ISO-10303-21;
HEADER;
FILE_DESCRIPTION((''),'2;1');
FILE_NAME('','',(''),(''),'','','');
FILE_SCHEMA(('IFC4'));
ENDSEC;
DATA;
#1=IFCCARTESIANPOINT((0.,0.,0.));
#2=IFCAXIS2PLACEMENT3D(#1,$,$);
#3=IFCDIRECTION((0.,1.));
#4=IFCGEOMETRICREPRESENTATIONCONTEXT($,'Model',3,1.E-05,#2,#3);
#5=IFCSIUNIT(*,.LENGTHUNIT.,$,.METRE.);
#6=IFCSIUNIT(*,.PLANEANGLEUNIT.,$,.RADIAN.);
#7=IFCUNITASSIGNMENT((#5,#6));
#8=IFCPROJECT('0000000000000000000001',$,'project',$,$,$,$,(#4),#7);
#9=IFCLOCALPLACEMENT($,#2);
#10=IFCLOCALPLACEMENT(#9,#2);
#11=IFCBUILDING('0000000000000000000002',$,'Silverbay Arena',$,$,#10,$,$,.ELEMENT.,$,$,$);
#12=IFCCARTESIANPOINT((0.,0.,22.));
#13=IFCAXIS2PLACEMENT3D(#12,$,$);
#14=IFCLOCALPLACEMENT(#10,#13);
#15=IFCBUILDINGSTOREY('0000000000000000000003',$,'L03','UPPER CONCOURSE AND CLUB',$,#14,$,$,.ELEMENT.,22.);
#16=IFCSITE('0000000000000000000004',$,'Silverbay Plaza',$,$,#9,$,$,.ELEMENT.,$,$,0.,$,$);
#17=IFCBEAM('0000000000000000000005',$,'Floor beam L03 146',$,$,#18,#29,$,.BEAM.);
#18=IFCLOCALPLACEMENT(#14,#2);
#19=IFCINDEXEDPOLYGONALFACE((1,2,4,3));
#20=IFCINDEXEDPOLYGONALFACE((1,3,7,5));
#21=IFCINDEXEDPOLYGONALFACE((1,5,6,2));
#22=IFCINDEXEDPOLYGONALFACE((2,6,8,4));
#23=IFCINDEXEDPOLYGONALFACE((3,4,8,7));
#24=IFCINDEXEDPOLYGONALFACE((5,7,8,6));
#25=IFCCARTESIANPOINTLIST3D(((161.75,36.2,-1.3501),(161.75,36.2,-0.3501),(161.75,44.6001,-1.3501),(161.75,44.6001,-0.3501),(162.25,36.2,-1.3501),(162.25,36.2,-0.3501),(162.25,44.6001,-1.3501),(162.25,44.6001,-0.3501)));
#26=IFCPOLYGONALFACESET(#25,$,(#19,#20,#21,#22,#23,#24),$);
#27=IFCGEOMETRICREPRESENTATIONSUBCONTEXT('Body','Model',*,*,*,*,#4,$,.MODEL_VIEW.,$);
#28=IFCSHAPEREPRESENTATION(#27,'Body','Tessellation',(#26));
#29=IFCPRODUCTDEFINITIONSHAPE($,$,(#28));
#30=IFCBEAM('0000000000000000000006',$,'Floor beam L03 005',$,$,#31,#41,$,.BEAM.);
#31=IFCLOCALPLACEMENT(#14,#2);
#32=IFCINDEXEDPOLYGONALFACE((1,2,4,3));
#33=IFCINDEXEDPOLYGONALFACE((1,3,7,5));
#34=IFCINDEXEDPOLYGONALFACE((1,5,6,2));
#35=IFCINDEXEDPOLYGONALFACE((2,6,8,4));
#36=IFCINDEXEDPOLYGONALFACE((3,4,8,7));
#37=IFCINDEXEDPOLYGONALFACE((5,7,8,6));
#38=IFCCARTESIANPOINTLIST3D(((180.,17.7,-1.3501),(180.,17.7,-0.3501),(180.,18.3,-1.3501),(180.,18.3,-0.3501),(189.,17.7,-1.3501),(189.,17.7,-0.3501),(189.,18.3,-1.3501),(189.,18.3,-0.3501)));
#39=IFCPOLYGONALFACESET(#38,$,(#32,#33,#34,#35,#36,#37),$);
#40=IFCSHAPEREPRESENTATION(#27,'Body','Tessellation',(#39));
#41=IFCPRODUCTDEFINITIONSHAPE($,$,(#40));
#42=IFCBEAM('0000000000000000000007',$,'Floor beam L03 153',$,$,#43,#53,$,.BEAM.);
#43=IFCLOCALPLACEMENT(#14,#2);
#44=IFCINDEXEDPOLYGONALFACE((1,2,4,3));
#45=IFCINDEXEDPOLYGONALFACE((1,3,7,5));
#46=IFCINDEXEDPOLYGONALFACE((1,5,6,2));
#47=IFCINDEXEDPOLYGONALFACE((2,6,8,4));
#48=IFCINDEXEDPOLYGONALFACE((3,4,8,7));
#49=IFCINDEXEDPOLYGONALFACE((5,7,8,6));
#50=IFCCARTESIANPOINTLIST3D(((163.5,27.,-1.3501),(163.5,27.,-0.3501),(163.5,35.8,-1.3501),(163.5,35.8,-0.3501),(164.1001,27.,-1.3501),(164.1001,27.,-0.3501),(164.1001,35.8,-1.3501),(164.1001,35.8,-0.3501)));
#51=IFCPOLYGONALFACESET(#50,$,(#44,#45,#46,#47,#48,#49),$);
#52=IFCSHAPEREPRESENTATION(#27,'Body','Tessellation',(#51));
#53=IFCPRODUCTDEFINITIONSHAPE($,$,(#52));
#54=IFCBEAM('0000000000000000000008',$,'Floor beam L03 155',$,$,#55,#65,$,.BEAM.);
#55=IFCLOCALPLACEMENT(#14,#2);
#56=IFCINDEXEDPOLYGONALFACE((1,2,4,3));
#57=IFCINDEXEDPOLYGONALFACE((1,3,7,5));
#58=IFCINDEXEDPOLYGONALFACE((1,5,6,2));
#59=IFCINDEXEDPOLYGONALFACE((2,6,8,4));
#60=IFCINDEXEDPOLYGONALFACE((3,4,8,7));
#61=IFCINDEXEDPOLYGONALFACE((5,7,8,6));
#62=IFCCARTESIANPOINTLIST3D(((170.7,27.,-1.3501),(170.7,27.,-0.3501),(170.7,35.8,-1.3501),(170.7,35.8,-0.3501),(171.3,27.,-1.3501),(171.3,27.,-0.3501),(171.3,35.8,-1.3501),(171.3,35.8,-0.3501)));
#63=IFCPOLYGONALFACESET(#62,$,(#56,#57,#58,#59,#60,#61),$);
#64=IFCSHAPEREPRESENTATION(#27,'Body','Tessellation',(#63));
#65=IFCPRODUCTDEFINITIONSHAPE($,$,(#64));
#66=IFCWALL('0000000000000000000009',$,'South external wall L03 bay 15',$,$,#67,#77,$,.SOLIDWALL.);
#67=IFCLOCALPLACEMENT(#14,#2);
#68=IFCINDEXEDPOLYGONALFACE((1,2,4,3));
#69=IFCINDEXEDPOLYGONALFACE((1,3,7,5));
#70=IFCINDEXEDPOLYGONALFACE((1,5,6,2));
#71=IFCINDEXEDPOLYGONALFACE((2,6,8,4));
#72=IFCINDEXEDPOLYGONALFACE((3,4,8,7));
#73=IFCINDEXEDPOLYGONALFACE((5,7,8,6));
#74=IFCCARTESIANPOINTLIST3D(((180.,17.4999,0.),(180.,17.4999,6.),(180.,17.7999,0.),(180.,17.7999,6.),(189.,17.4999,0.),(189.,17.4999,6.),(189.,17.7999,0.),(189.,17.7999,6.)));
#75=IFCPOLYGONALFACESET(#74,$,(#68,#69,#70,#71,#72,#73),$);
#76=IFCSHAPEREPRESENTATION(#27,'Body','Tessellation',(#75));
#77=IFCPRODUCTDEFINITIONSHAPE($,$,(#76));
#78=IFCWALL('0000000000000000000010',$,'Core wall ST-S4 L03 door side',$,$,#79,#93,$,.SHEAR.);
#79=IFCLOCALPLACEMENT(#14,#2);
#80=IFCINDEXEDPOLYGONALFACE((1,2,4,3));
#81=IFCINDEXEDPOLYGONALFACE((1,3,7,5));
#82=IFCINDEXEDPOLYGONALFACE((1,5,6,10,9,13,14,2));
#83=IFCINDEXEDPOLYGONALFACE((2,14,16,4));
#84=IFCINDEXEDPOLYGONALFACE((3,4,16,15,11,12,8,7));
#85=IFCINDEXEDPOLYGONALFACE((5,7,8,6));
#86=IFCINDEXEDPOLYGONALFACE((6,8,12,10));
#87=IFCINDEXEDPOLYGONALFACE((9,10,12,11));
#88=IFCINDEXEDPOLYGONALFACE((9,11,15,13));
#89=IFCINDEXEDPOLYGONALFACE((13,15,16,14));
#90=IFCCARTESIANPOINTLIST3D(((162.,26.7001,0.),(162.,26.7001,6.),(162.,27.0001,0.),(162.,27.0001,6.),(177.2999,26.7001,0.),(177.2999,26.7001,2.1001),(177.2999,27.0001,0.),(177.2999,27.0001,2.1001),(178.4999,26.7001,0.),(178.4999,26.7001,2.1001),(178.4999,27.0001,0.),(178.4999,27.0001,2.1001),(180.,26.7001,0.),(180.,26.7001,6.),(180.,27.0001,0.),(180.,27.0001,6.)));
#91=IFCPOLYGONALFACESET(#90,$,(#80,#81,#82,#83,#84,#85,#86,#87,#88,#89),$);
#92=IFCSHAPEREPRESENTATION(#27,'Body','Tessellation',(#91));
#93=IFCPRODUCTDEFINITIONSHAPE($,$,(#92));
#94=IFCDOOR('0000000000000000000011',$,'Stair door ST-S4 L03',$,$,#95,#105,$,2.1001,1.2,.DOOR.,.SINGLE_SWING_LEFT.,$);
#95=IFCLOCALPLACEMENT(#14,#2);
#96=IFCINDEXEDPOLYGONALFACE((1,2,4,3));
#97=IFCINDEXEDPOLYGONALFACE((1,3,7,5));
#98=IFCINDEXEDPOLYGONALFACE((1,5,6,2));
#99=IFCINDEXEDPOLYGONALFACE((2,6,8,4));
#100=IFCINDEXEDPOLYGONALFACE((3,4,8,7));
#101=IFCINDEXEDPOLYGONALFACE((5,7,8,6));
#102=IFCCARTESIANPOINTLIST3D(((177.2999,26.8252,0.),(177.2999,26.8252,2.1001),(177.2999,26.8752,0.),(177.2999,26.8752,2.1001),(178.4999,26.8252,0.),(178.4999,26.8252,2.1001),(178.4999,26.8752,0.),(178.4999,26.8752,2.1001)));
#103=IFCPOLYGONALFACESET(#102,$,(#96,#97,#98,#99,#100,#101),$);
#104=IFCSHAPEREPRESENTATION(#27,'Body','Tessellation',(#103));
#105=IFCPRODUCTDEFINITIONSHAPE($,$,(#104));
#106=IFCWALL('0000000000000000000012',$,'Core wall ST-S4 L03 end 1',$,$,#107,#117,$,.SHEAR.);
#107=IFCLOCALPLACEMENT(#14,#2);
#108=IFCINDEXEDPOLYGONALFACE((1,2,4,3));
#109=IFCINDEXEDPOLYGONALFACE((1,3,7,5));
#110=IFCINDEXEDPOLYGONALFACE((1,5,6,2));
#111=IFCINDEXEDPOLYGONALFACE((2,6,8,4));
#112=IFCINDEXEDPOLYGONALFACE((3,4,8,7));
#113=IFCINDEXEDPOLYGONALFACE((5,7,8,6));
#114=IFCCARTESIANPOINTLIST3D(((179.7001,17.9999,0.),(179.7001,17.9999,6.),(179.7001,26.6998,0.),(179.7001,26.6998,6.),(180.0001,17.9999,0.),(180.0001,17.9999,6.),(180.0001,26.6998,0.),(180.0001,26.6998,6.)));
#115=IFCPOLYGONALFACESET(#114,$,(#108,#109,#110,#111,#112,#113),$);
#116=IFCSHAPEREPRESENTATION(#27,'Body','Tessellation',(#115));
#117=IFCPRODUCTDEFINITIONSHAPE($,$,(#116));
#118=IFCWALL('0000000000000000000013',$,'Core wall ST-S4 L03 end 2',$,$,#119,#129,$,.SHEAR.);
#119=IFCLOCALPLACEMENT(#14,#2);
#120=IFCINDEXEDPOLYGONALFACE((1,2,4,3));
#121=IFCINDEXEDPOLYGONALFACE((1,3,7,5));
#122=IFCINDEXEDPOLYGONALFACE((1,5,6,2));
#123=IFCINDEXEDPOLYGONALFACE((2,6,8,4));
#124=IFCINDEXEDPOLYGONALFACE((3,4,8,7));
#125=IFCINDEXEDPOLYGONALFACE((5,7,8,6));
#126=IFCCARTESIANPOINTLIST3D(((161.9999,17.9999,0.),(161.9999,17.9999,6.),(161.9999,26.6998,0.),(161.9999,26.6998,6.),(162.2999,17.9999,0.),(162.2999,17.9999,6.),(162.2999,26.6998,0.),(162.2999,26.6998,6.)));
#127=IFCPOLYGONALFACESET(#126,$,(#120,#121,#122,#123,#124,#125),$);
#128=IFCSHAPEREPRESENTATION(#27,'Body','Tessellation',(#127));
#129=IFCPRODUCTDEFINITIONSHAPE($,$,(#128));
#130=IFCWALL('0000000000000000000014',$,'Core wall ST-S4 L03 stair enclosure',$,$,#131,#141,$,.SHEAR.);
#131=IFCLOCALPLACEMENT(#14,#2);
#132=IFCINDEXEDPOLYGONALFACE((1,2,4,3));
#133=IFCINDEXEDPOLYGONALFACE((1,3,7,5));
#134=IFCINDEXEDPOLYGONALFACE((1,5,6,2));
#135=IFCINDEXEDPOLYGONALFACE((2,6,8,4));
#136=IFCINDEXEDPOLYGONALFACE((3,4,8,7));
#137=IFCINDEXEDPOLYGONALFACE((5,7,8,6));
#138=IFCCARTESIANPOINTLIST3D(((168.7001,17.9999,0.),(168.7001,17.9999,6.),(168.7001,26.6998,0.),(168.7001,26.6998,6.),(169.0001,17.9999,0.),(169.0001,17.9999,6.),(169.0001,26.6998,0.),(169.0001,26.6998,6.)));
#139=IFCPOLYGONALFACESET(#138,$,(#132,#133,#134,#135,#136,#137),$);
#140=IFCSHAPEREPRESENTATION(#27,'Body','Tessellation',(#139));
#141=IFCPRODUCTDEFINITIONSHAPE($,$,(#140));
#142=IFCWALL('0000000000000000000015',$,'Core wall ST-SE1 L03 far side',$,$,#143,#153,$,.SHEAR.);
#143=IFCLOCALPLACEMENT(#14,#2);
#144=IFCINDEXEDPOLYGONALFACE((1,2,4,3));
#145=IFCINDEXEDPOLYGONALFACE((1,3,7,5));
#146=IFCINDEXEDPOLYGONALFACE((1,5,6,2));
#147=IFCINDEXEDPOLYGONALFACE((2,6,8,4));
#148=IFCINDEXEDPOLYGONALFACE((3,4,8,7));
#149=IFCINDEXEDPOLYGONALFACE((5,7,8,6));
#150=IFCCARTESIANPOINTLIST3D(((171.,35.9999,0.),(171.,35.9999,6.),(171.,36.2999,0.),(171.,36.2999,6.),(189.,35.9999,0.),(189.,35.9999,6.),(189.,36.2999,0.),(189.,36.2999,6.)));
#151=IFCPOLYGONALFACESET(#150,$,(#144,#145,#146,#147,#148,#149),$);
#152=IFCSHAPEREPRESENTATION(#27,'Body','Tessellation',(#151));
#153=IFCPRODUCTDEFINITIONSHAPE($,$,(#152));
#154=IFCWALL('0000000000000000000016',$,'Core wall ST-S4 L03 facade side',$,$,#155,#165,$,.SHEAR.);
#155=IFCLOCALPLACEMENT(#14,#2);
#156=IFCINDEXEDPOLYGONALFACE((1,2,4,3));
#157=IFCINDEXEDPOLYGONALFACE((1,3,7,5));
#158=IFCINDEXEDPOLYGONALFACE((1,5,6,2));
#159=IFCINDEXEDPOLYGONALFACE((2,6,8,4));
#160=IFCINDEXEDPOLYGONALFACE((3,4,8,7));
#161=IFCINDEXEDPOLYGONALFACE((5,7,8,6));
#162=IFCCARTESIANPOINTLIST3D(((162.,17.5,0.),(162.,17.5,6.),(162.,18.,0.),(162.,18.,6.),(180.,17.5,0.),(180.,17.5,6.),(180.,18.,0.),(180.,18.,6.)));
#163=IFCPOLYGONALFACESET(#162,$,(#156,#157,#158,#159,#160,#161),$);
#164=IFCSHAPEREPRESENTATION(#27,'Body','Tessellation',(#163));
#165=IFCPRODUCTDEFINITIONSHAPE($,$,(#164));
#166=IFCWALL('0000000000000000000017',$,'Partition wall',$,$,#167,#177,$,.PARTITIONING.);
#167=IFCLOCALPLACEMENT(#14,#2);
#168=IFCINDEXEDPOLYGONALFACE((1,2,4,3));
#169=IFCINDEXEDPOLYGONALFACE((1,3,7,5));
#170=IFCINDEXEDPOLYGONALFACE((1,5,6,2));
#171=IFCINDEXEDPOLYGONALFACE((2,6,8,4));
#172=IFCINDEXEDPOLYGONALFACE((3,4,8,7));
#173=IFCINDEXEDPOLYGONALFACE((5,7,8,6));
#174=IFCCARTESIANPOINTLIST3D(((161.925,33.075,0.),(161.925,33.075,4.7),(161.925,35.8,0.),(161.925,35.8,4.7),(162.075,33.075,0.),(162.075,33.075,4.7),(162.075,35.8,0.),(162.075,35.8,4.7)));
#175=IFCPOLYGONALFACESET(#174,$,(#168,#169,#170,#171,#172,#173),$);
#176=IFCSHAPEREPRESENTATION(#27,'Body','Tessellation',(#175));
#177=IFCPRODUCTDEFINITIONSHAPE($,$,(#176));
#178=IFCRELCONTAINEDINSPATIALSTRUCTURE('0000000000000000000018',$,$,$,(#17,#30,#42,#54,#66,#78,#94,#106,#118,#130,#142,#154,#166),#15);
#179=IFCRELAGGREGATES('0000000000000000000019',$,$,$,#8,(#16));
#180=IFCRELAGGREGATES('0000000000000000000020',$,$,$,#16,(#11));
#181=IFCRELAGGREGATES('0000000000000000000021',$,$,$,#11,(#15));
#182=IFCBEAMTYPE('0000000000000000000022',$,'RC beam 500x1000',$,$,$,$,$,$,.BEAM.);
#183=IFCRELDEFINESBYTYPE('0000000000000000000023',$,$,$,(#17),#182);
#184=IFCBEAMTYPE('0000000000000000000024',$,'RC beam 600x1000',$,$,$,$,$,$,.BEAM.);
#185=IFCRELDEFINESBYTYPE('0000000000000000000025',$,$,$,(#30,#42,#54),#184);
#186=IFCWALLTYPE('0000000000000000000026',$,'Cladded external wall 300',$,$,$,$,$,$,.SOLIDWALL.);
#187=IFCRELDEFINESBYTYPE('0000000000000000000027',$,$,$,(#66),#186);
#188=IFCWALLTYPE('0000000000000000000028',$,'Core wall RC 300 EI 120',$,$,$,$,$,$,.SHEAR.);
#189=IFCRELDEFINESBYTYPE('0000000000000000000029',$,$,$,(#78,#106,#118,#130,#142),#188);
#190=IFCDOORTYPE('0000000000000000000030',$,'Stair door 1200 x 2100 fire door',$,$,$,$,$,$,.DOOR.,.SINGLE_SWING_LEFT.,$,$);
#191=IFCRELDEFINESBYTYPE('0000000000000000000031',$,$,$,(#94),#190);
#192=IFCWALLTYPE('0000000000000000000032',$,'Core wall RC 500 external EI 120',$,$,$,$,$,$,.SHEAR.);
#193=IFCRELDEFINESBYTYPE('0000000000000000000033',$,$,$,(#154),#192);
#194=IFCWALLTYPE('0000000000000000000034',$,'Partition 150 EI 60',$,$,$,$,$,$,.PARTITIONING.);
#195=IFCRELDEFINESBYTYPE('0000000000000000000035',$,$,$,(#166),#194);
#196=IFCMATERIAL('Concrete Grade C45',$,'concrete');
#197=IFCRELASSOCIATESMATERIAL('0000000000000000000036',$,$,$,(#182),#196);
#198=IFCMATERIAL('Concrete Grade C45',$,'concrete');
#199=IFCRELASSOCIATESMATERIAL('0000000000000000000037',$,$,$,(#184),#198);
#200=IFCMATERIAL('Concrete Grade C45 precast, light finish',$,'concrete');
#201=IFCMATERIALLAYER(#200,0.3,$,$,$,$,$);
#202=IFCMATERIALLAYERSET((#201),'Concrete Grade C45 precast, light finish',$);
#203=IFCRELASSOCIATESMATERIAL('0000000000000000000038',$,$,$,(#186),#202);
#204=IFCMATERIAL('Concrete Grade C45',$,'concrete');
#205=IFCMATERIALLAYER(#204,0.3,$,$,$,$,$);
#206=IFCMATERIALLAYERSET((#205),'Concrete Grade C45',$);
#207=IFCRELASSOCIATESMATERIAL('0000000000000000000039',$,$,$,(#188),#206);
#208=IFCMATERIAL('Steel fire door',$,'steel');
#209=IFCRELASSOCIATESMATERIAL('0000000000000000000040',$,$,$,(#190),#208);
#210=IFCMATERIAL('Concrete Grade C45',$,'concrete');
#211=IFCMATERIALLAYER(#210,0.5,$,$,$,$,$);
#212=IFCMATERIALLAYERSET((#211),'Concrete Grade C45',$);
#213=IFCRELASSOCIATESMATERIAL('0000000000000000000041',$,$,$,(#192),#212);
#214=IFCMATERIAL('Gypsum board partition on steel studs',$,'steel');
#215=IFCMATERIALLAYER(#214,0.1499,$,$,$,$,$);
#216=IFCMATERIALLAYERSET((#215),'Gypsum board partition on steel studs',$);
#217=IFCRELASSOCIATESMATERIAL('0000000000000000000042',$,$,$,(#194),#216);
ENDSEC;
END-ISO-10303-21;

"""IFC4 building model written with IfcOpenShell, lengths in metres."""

from ifc_helpers import new_model, si_unit, direction, frame, frame_2d, origin, origin_2d, place, context, subcontext, project, spatial, rectangle, extrude, material, layer, layer_set, material_profile, profile_set, type_object, element, fill, save


model = new_model("IFC4")

# Units and contexts
model_context = context("Model", 3, precision=1e-05, world=origin(), true_north=direction((0.0, 1.0)))
body_context = subcontext(model_context, "Body", "Model", "MODEL_VIEW")
ifc_project = project(units=[si_unit("LENGTHUNIT", "METRE"), si_unit("PLANEANGLEUNIT", "RADIAN")], contexts=[model_context])

# Site, building, storey
site_placement = place(None, origin())
site = spatial("IfcSite", under=ifc_project, at=site_placement, Name="Silverbay Plaza", CompositionType="ELEMENT", RefElevation=0.0)
building_placement = place(site_placement, origin())
building = spatial("IfcBuilding", under=site, at=building_placement, Name="Silverbay Arena", CompositionType="ELEMENT")
storey_placement = place(building_placement, frame((0.0, 0.0, 22.0)))
storey = spatial("IfcBuildingStorey", under=building, at=storey_placement, Name="L03", Description="UPPER CONCOURSE AND CLUB", CompositionType="ELEMENT", Elevation=22.0)

# Beams
ifc_material_1 = material(Name="Concrete Grade C45", Category="concrete")
ifc_material_profile_1 = material_profile(ifc_material_1, rectangle(XDim=0.5, YDim=1.0, at=origin_2d()), Name="RC 500x1000")
ifc_profile_set_1 = profile_set([ifc_material_profile_1], Name="Concrete Grade C45")
beam_type_1 = type_object("IfcBeamType", Name="RC beam 500x1000", PredefinedType="BEAM", material=ifc_profile_set_1)
beam_1_placement = place(storey_placement, frame((162.0, 36.2, -0.8501), z_axis=(0.0, 1.0, 0.0), x_axis=(-1.0, 0.0, 0.0)))
element("IfcBeam", 1, at=beam_1_placement, inside=storey, type_object=beam_type_1, Name="Floor beam L03 146", PredefinedType="BEAM", context=body_context, shape_type="SweptSolid", body=[
    extrude(rectangle(XDim=0.5, YDim=1.0, at=origin_2d()), origin(), (0.0, 0.0, 1.0), 8.4001),
])
ifc_material_2 = material(Name="Concrete Grade C45", Category="concrete")
ifc_material_profile_2 = material_profile(ifc_material_2, rectangle(XDim=0.6001, YDim=1.0, at=origin_2d()), Name="RC 600x1000")
ifc_profile_set_2 = profile_set([ifc_material_profile_2], Name="Concrete Grade C45")
beam_type_2 = type_object("IfcBeamType", Name="RC beam 600x1000", PredefinedType="BEAM", material=ifc_profile_set_2)
beam_2_placement = place(storey_placement, frame((180.0, 18.0, -0.8501), z_axis=(1.0, 0.0, 0.0), x_axis=(0.0, 1.0, 0.0)))
element("IfcBeam", 2, at=beam_2_placement, inside=storey, type_object=beam_type_2, Name="Floor beam L03 005", PredefinedType="BEAM", context=body_context, shape_type="SweptSolid", body=[
    extrude(rectangle(XDim=0.6001, YDim=1.0, at=origin_2d()), origin(), (0.0, 0.0, 1.0), 9.0),
])
for number, where, z_axis, x_axis, name in (
    (3, (163.8, 27.0, -0.8501), (0.0, 1.0, 0.0), (-1.0, 0.0, 0.0), "Floor beam L03 153"),
    (4, (171.0, 27.0, -0.8501), (0.0, 1.0, 0.0), (-1.0, 0.0, 0.0), "Floor beam L03 155"),
):
    element("IfcBeam", number, at=place(storey_placement, frame(where, z_axis=z_axis, x_axis=x_axis)), inside=storey, type_object=beam_type_2, Name=name, PredefinedType="BEAM", context=body_context, shape_type="SweptSolid", body=[
        extrude(rectangle(XDim=0.6001, YDim=1.0, at=origin_2d()), origin(), (0.0, 0.0, 1.0), 8.8),
    ])

# Wall
ifc_material_3 = material(Name="Concrete Grade C45 precast, light finish", Category="concrete")
ifc_layer_1 = layer(ifc_material_3, 0.3)
ifc_layer_set_1 = layer_set([ifc_layer_1], Name="Concrete Grade C45 precast, light finish")
wall_type_1 = type_object("IfcWallType", Name="Cladded external wall 300", PredefinedType="SOLIDWALL", material=ifc_layer_set_1)
wall_1_placement = place(storey_placement, frame((180.0, 17.6499, 0.0), z_axis=(0.0, 0.0, 1.0), x_axis=(1.0, 0.0, 0.0)))
element("IfcWall", 5, at=wall_1_placement, inside=storey, type_object=wall_type_1, Name="South external wall L03 bay 15", PredefinedType="SOLIDWALL", context=body_context, shape_type="SweptSolid", body=[
    extrude(rectangle(XDim=9.0, YDim=0.3, at=frame_2d((4.5, 0.0))), origin(), (0.0, 0.0, 1.0), 6.0),
])

# Wall, opening, door
ifc_material_4 = material(Name="Concrete Grade C45", Category="concrete")
ifc_layer_2 = layer(ifc_material_4, 0.3)
ifc_layer_set_2 = layer_set([ifc_layer_2], Name="Concrete Grade C45")
wall_type_2 = type_object("IfcWallType", Name="Core wall RC 300 EI 120", PredefinedType="SHEAR", material=ifc_layer_set_2)
wall_2_placement = place(storey_placement, frame((180.0, 26.8501, 0.0), z_axis=(0.0, 0.0, 1.0), x_axis=(-1.0, 0.0, 0.0)))
wall_2 = element("IfcWall", 6, at=wall_2_placement, inside=storey, type_object=wall_type_2, Name="Core wall ST-S4 L03 door side", PredefinedType="SHEAR", context=body_context, shape_type="SweptSolid", body=[
    extrude(rectangle(XDim=18.0, YDim=0.3, at=frame_2d((9.0, 0.0))), origin(), (0.0, 0.0, 1.0), 6.0),
])
opening_placement = place(wall_2_placement, frame((1.5, 0.0, 0.0)))
opening = element("IfcOpeningElement", 7, at=opening_placement, cuts=wall_2, PredefinedType="OPENING", context=body_context, shape_type="SweptSolid", body=[
    extrude(rectangle(XDim=1.2, YDim=2.1001, at=frame_2d((0.6001, 1.05))), frame((0.0, 0.1602, 0.0), z_axis=(0.0, -1.0, 0.0), x_axis=(1.0, 0.0, 0.0)), (0.0, 0.0, 1.0), 0.3201),
])
ifc_material_5 = material(Name="Steel fire door", Category="steel")
door_type = type_object("IfcDoorType", Name="Stair door 1200 x 2100 fire door", OperationType="SINGLE_SWING_LEFT", PredefinedType="DOOR", material=ifc_material_5)
door_placement = place(opening_placement, origin())
door = element("IfcDoor", 8, at=door_placement, inside=storey, type_object=door_type, Name="Stair door ST-S4 L03", OperationType="SINGLE_SWING_LEFT", OverallHeight=2.1001, OverallWidth=1.2, PredefinedType="DOOR", context=body_context, shape_type="SweptSolid", body=[
    extrude(rectangle(XDim=1.2, YDim=2.1001, at=frame_2d((0.6001, 1.05))), frame((0.0, 0.0249, 0.0), z_axis=(0.0, -1.0, 0.0), x_axis=(1.0, 0.0, 0.0)), (0.0, 0.0, 1.0), 0.05),
])
fill(opening, door)

# Walls
for number, where, z_axis, x_axis, name in (
    (9, (179.8501, 26.7, 0.0), (0.0, 0.0, 1.0), (0.0, -1.0, 0.0), "Core wall ST-S4 L03 end 1"),
    (10, (162.1499, 26.7, 0.0), (0.0, 0.0, 1.0), (0.0, -1.0, 0.0), "Core wall ST-S4 L03 end 2"),
    (11, (168.8501, 26.7, 0.0), (0.0, 0.0, 1.0), (0.0, -1.0, 0.0), "Core wall ST-S4 L03 stair enclosure"),
):
    element("IfcWall", number, at=place(storey_placement, frame(where, z_axis=z_axis, x_axis=x_axis)), inside=storey, type_object=wall_type_2, Name=name, PredefinedType="SHEAR", context=body_context, shape_type="SweptSolid", body=[
        extrude(rectangle(XDim=8.7, YDim=0.3, at=frame_2d((4.3501, 0.0))), origin(), (0.0, 0.0, 1.0), 6.0),
    ])
wall_3_placement = place(storey_placement, frame((171.0, 36.1499, 0.0), z_axis=(0.0, 0.0, 1.0), x_axis=(1.0, 0.0, 0.0)))
element("IfcWall", 12, at=wall_3_placement, inside=storey, type_object=wall_type_2, Name="Core wall ST-SE1 L03 far side", PredefinedType="SHEAR", context=body_context, shape_type="SweptSolid", body=[
    extrude(rectangle(XDim=18.0, YDim=0.3, at=frame_2d((9.0, 0.0))), origin(), (0.0, 0.0, 1.0), 6.0),
])
ifc_material_6 = material(Name="Concrete Grade C45", Category="concrete")
ifc_layer_3 = layer(ifc_material_6, 0.5)
ifc_layer_set_3 = layer_set([ifc_layer_3], Name="Concrete Grade C45")
wall_type_3 = type_object("IfcWallType", Name="Core wall RC 500 external EI 120", PredefinedType="SHEAR", material=ifc_layer_set_3)
wall_4_placement = place(storey_placement, frame((180.0, 17.75, 0.0), z_axis=(0.0, 0.0, 1.0), x_axis=(-1.0, 0.0, 0.0)))
element("IfcWall", 13, at=wall_4_placement, inside=storey, type_object=wall_type_3, Name="Core wall ST-S4 L03 facade side", PredefinedType="SHEAR", context=body_context, shape_type="SweptSolid", body=[
    extrude(rectangle(XDim=18.0, YDim=0.5, at=frame_2d((9.0, 0.0))), origin(), (0.0, 0.0, 1.0), 6.0),
])
ifc_material_7 = material(Name="Gypsum board partition on steel studs", Category="steel")
ifc_layer_4 = layer(ifc_material_7, 0.1499)
ifc_layer_set_4 = layer_set([ifc_layer_4], Name="Gypsum board partition on steel studs")
wall_type_4 = type_object("IfcWallType", Name="Partition 150 EI 60", PredefinedType="PARTITIONING", material=ifc_layer_set_4)
wall_5_placement = place(storey_placement, frame((162.0, 33.075, 0.0), z_axis=(0.0, 0.0, 1.0), x_axis=(0.0, 1.0, 0.0)))
element("IfcWall", 14, at=wall_5_placement, inside=storey, type_object=wall_type_4, Name="Partition wall", PredefinedType="PARTITIONING", context=body_context, shape_type="SweptSolid", body=[
    extrude(rectangle(XDim=2.7251, YDim=0.1499, at=frame_2d((1.3625, 0.0))), origin(), (0.0, 0.0, 1.0), 4.7),
])

save(model, "model.ifc")
